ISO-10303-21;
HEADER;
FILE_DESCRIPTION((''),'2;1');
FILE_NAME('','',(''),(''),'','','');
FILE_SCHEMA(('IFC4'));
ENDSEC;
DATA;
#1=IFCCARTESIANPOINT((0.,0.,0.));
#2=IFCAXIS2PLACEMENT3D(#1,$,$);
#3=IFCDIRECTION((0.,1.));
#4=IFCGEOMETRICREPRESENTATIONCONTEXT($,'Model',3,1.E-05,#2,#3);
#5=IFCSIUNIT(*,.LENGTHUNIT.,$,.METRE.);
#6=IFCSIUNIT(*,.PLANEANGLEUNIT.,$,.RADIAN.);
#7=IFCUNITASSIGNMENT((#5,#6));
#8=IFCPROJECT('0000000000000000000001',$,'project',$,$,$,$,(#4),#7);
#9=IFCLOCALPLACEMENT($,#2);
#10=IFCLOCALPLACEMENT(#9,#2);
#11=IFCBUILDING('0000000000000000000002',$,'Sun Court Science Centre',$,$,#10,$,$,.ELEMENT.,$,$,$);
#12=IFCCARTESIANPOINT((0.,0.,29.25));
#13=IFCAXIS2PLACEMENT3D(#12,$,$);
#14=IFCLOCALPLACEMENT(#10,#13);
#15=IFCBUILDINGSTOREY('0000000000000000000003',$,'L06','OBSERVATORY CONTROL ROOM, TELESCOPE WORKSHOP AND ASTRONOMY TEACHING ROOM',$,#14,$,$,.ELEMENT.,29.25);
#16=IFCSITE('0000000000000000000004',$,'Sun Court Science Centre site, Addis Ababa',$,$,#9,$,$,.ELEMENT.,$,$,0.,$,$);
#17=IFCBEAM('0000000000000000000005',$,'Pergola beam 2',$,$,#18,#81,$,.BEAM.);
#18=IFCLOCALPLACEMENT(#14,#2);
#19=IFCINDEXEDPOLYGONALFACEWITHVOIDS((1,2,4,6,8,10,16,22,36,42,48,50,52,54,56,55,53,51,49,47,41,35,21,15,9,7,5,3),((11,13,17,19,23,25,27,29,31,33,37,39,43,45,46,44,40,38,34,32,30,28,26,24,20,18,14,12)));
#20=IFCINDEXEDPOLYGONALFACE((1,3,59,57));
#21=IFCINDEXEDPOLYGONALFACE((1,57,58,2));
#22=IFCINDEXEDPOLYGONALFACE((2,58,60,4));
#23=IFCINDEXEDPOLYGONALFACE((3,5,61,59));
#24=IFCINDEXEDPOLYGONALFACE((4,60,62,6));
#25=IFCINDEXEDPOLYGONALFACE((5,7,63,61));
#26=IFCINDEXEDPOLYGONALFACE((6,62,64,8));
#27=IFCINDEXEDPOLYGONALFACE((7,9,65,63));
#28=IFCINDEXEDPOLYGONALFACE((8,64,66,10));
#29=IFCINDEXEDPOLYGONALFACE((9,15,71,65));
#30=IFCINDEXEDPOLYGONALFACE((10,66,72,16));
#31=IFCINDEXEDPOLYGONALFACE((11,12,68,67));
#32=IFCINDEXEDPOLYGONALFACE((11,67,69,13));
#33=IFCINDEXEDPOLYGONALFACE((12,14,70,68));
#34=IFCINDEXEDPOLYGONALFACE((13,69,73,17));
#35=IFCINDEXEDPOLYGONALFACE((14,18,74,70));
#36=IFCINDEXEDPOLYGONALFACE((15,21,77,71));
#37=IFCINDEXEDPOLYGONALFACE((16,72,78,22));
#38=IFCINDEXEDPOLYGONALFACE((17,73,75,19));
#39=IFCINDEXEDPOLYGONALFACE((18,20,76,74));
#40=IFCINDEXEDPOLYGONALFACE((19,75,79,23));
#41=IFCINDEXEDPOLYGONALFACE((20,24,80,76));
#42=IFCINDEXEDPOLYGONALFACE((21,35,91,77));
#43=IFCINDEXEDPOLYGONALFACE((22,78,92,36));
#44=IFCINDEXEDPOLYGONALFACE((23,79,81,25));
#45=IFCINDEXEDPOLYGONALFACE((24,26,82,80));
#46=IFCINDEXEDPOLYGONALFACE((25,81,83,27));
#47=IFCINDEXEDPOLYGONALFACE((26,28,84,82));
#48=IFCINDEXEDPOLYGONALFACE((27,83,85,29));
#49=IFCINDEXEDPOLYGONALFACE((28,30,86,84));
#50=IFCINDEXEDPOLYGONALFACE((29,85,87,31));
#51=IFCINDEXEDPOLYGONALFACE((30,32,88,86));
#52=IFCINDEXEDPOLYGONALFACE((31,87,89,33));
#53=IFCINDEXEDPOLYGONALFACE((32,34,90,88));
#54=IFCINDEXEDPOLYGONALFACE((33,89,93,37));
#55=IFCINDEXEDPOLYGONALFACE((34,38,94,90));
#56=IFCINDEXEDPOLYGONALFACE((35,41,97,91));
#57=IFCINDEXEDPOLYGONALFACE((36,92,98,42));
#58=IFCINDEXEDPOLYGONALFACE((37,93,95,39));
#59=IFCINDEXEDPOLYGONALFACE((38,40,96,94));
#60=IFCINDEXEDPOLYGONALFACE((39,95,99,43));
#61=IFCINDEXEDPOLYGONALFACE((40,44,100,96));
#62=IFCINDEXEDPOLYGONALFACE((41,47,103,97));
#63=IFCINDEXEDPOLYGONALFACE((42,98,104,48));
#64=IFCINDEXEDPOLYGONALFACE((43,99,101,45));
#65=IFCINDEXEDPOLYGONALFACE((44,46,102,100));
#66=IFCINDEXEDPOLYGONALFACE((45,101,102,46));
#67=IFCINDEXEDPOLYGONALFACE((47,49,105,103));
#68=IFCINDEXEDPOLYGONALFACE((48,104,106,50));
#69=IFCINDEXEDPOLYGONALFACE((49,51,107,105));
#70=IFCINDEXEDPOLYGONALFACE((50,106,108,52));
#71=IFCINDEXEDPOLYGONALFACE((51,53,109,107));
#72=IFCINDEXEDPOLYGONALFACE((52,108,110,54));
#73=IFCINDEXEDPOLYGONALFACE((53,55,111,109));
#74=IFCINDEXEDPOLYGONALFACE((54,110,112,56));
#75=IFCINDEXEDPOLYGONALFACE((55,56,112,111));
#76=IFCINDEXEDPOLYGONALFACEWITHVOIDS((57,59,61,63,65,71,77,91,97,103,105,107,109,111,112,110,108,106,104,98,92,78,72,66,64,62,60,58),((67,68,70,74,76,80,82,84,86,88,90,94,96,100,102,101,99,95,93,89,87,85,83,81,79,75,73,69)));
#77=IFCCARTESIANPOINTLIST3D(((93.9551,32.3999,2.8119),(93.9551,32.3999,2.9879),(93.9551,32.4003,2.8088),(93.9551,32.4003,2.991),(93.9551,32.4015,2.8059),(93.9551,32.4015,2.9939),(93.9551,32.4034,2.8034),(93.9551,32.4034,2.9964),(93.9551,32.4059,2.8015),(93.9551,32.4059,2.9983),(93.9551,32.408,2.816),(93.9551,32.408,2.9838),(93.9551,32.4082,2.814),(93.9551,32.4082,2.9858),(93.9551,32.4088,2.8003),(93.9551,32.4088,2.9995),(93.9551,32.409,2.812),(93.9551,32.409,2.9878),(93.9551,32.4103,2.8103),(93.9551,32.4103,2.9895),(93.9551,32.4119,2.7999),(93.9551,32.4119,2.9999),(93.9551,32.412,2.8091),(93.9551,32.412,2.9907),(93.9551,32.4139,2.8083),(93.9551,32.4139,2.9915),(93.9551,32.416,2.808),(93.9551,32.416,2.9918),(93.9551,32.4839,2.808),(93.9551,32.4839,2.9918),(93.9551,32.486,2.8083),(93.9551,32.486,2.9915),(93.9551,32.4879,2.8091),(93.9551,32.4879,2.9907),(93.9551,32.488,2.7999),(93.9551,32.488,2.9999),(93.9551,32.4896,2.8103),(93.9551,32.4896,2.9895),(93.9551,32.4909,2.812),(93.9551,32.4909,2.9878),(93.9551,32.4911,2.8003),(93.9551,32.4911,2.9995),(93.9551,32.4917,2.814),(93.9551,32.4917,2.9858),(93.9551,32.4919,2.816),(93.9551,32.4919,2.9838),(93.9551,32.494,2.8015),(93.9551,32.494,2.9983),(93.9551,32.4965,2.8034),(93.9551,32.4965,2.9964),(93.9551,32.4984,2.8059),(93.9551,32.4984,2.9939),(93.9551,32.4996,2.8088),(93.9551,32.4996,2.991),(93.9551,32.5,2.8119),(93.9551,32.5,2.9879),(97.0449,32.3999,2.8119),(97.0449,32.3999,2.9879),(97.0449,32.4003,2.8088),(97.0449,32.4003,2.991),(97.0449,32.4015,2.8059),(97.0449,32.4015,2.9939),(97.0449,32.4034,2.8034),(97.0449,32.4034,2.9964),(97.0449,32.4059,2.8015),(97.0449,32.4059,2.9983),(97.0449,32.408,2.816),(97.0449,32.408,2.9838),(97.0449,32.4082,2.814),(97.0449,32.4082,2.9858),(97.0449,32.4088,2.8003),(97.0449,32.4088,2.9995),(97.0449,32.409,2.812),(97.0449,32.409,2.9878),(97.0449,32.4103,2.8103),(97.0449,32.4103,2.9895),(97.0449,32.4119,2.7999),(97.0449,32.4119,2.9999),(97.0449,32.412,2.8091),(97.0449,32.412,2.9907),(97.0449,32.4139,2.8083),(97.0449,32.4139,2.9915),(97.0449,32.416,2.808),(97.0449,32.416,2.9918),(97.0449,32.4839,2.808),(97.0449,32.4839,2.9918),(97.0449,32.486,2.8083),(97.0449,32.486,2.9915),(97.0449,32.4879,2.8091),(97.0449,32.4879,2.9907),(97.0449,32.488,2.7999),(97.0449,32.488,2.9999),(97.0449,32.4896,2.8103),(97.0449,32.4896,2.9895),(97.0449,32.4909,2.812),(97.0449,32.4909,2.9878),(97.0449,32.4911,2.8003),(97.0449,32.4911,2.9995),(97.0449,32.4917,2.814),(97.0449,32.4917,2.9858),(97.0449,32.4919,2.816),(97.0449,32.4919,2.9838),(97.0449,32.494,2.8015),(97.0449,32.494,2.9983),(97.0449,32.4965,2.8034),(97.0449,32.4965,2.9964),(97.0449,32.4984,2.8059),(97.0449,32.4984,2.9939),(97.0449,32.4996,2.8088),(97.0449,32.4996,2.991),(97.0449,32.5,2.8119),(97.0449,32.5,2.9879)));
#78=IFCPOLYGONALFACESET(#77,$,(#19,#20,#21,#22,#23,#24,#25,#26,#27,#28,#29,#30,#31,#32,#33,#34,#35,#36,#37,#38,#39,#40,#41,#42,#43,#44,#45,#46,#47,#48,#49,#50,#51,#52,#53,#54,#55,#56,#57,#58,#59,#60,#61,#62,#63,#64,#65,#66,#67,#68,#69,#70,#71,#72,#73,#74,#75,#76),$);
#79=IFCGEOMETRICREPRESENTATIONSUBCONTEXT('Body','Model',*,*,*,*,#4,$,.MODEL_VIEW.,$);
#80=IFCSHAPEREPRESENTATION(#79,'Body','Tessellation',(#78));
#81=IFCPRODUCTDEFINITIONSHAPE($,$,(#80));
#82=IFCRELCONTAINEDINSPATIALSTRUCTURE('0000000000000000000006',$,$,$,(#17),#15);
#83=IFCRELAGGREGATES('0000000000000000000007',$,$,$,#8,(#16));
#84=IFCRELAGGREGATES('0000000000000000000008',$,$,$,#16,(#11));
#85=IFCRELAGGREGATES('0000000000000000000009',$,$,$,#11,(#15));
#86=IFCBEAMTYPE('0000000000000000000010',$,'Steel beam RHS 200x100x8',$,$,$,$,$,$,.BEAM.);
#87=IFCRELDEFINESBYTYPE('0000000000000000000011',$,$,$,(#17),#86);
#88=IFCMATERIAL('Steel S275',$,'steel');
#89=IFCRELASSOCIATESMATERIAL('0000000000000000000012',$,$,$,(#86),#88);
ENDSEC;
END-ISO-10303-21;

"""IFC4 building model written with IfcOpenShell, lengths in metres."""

from ifc_helpers import new_model, si_unit, direction, frame, origin, origin_2d, place, context, subcontext, project, spatial, hollow_rectangle, extrude, material, material_profile, profile_set, type_object, element, save


model = new_model("IFC4")

# Units and contexts
model_context = context("Model", 3, precision=1e-05, world=origin(), true_north=direction((0.0, 1.0)))
body_context = subcontext(model_context, "Body", "Model", "MODEL_VIEW")
ifc_project = project(units=[si_unit("LENGTHUNIT", "METRE"), si_unit("PLANEANGLEUNIT", "RADIAN")], contexts=[model_context])

# Site, building, storey
site_placement = place(None, origin())
site = spatial("IfcSite", under=ifc_project, at=site_placement, Name="Sun Court Science Centre site, Addis Ababa", CompositionType="ELEMENT", RefElevation=0.0)
building_placement = place(site_placement, origin())
building = spatial("IfcBuilding", under=site, at=building_placement, Name="Sun Court Science Centre", CompositionType="ELEMENT")
storey_placement = place(building_placement, frame((0.0, 0.0, 29.25)))
storey = spatial("IfcBuildingStorey", under=building, at=storey_placement, Name="L06", Description="OBSERVATORY CONTROL ROOM, TELESCOPE WORKSHOP AND ASTRONOMY TEACHING ROOM", CompositionType="ELEMENT", Elevation=29.25)

# Beam
ifc_material_1 = material(Name="Steel S275", Category="steel")
ifc_material_profile_1 = material_profile(ifc_material_1, hollow_rectangle(XDim=0.1001, YDim=0.2, WallThickness=0.0081, InnerFilletRadius=0.0081, OuterFilletRadius=0.012, at=origin_2d()), Name="RHS 200x100x8")
ifc_profile_set_1 = profile_set([ifc_material_profile_1], Name="Steel S275")
beam_type_1 = type_object("IfcBeamType", Name="Steel beam RHS 200x100x8", PredefinedType="BEAM", material=ifc_profile_set_1)
for number, where, z_axis, x_axis, name in (
    (1, (93.9551, 32.45, 2.8999), (1.0, 0.0, 0.0), (0.0, 1.0, 0.0), "Pergola beam 2"),
):
    element("IfcBeam", number, at=place(storey_placement, frame(where, z_axis=z_axis, x_axis=x_axis)), inside=storey, type_object=beam_type_1, Name=name, PredefinedType="BEAM", context=body_context, shape_type="SweptSolid", body=[
        extrude(hollow_rectangle(XDim=0.1001, YDim=0.2, WallThickness=0.0081, InnerFilletRadius=0.0081, OuterFilletRadius=0.012, at=origin_2d()), origin(), (0.0, 0.0, 1.0), 3.0898),
    ])

save(model, "model.ifc")
